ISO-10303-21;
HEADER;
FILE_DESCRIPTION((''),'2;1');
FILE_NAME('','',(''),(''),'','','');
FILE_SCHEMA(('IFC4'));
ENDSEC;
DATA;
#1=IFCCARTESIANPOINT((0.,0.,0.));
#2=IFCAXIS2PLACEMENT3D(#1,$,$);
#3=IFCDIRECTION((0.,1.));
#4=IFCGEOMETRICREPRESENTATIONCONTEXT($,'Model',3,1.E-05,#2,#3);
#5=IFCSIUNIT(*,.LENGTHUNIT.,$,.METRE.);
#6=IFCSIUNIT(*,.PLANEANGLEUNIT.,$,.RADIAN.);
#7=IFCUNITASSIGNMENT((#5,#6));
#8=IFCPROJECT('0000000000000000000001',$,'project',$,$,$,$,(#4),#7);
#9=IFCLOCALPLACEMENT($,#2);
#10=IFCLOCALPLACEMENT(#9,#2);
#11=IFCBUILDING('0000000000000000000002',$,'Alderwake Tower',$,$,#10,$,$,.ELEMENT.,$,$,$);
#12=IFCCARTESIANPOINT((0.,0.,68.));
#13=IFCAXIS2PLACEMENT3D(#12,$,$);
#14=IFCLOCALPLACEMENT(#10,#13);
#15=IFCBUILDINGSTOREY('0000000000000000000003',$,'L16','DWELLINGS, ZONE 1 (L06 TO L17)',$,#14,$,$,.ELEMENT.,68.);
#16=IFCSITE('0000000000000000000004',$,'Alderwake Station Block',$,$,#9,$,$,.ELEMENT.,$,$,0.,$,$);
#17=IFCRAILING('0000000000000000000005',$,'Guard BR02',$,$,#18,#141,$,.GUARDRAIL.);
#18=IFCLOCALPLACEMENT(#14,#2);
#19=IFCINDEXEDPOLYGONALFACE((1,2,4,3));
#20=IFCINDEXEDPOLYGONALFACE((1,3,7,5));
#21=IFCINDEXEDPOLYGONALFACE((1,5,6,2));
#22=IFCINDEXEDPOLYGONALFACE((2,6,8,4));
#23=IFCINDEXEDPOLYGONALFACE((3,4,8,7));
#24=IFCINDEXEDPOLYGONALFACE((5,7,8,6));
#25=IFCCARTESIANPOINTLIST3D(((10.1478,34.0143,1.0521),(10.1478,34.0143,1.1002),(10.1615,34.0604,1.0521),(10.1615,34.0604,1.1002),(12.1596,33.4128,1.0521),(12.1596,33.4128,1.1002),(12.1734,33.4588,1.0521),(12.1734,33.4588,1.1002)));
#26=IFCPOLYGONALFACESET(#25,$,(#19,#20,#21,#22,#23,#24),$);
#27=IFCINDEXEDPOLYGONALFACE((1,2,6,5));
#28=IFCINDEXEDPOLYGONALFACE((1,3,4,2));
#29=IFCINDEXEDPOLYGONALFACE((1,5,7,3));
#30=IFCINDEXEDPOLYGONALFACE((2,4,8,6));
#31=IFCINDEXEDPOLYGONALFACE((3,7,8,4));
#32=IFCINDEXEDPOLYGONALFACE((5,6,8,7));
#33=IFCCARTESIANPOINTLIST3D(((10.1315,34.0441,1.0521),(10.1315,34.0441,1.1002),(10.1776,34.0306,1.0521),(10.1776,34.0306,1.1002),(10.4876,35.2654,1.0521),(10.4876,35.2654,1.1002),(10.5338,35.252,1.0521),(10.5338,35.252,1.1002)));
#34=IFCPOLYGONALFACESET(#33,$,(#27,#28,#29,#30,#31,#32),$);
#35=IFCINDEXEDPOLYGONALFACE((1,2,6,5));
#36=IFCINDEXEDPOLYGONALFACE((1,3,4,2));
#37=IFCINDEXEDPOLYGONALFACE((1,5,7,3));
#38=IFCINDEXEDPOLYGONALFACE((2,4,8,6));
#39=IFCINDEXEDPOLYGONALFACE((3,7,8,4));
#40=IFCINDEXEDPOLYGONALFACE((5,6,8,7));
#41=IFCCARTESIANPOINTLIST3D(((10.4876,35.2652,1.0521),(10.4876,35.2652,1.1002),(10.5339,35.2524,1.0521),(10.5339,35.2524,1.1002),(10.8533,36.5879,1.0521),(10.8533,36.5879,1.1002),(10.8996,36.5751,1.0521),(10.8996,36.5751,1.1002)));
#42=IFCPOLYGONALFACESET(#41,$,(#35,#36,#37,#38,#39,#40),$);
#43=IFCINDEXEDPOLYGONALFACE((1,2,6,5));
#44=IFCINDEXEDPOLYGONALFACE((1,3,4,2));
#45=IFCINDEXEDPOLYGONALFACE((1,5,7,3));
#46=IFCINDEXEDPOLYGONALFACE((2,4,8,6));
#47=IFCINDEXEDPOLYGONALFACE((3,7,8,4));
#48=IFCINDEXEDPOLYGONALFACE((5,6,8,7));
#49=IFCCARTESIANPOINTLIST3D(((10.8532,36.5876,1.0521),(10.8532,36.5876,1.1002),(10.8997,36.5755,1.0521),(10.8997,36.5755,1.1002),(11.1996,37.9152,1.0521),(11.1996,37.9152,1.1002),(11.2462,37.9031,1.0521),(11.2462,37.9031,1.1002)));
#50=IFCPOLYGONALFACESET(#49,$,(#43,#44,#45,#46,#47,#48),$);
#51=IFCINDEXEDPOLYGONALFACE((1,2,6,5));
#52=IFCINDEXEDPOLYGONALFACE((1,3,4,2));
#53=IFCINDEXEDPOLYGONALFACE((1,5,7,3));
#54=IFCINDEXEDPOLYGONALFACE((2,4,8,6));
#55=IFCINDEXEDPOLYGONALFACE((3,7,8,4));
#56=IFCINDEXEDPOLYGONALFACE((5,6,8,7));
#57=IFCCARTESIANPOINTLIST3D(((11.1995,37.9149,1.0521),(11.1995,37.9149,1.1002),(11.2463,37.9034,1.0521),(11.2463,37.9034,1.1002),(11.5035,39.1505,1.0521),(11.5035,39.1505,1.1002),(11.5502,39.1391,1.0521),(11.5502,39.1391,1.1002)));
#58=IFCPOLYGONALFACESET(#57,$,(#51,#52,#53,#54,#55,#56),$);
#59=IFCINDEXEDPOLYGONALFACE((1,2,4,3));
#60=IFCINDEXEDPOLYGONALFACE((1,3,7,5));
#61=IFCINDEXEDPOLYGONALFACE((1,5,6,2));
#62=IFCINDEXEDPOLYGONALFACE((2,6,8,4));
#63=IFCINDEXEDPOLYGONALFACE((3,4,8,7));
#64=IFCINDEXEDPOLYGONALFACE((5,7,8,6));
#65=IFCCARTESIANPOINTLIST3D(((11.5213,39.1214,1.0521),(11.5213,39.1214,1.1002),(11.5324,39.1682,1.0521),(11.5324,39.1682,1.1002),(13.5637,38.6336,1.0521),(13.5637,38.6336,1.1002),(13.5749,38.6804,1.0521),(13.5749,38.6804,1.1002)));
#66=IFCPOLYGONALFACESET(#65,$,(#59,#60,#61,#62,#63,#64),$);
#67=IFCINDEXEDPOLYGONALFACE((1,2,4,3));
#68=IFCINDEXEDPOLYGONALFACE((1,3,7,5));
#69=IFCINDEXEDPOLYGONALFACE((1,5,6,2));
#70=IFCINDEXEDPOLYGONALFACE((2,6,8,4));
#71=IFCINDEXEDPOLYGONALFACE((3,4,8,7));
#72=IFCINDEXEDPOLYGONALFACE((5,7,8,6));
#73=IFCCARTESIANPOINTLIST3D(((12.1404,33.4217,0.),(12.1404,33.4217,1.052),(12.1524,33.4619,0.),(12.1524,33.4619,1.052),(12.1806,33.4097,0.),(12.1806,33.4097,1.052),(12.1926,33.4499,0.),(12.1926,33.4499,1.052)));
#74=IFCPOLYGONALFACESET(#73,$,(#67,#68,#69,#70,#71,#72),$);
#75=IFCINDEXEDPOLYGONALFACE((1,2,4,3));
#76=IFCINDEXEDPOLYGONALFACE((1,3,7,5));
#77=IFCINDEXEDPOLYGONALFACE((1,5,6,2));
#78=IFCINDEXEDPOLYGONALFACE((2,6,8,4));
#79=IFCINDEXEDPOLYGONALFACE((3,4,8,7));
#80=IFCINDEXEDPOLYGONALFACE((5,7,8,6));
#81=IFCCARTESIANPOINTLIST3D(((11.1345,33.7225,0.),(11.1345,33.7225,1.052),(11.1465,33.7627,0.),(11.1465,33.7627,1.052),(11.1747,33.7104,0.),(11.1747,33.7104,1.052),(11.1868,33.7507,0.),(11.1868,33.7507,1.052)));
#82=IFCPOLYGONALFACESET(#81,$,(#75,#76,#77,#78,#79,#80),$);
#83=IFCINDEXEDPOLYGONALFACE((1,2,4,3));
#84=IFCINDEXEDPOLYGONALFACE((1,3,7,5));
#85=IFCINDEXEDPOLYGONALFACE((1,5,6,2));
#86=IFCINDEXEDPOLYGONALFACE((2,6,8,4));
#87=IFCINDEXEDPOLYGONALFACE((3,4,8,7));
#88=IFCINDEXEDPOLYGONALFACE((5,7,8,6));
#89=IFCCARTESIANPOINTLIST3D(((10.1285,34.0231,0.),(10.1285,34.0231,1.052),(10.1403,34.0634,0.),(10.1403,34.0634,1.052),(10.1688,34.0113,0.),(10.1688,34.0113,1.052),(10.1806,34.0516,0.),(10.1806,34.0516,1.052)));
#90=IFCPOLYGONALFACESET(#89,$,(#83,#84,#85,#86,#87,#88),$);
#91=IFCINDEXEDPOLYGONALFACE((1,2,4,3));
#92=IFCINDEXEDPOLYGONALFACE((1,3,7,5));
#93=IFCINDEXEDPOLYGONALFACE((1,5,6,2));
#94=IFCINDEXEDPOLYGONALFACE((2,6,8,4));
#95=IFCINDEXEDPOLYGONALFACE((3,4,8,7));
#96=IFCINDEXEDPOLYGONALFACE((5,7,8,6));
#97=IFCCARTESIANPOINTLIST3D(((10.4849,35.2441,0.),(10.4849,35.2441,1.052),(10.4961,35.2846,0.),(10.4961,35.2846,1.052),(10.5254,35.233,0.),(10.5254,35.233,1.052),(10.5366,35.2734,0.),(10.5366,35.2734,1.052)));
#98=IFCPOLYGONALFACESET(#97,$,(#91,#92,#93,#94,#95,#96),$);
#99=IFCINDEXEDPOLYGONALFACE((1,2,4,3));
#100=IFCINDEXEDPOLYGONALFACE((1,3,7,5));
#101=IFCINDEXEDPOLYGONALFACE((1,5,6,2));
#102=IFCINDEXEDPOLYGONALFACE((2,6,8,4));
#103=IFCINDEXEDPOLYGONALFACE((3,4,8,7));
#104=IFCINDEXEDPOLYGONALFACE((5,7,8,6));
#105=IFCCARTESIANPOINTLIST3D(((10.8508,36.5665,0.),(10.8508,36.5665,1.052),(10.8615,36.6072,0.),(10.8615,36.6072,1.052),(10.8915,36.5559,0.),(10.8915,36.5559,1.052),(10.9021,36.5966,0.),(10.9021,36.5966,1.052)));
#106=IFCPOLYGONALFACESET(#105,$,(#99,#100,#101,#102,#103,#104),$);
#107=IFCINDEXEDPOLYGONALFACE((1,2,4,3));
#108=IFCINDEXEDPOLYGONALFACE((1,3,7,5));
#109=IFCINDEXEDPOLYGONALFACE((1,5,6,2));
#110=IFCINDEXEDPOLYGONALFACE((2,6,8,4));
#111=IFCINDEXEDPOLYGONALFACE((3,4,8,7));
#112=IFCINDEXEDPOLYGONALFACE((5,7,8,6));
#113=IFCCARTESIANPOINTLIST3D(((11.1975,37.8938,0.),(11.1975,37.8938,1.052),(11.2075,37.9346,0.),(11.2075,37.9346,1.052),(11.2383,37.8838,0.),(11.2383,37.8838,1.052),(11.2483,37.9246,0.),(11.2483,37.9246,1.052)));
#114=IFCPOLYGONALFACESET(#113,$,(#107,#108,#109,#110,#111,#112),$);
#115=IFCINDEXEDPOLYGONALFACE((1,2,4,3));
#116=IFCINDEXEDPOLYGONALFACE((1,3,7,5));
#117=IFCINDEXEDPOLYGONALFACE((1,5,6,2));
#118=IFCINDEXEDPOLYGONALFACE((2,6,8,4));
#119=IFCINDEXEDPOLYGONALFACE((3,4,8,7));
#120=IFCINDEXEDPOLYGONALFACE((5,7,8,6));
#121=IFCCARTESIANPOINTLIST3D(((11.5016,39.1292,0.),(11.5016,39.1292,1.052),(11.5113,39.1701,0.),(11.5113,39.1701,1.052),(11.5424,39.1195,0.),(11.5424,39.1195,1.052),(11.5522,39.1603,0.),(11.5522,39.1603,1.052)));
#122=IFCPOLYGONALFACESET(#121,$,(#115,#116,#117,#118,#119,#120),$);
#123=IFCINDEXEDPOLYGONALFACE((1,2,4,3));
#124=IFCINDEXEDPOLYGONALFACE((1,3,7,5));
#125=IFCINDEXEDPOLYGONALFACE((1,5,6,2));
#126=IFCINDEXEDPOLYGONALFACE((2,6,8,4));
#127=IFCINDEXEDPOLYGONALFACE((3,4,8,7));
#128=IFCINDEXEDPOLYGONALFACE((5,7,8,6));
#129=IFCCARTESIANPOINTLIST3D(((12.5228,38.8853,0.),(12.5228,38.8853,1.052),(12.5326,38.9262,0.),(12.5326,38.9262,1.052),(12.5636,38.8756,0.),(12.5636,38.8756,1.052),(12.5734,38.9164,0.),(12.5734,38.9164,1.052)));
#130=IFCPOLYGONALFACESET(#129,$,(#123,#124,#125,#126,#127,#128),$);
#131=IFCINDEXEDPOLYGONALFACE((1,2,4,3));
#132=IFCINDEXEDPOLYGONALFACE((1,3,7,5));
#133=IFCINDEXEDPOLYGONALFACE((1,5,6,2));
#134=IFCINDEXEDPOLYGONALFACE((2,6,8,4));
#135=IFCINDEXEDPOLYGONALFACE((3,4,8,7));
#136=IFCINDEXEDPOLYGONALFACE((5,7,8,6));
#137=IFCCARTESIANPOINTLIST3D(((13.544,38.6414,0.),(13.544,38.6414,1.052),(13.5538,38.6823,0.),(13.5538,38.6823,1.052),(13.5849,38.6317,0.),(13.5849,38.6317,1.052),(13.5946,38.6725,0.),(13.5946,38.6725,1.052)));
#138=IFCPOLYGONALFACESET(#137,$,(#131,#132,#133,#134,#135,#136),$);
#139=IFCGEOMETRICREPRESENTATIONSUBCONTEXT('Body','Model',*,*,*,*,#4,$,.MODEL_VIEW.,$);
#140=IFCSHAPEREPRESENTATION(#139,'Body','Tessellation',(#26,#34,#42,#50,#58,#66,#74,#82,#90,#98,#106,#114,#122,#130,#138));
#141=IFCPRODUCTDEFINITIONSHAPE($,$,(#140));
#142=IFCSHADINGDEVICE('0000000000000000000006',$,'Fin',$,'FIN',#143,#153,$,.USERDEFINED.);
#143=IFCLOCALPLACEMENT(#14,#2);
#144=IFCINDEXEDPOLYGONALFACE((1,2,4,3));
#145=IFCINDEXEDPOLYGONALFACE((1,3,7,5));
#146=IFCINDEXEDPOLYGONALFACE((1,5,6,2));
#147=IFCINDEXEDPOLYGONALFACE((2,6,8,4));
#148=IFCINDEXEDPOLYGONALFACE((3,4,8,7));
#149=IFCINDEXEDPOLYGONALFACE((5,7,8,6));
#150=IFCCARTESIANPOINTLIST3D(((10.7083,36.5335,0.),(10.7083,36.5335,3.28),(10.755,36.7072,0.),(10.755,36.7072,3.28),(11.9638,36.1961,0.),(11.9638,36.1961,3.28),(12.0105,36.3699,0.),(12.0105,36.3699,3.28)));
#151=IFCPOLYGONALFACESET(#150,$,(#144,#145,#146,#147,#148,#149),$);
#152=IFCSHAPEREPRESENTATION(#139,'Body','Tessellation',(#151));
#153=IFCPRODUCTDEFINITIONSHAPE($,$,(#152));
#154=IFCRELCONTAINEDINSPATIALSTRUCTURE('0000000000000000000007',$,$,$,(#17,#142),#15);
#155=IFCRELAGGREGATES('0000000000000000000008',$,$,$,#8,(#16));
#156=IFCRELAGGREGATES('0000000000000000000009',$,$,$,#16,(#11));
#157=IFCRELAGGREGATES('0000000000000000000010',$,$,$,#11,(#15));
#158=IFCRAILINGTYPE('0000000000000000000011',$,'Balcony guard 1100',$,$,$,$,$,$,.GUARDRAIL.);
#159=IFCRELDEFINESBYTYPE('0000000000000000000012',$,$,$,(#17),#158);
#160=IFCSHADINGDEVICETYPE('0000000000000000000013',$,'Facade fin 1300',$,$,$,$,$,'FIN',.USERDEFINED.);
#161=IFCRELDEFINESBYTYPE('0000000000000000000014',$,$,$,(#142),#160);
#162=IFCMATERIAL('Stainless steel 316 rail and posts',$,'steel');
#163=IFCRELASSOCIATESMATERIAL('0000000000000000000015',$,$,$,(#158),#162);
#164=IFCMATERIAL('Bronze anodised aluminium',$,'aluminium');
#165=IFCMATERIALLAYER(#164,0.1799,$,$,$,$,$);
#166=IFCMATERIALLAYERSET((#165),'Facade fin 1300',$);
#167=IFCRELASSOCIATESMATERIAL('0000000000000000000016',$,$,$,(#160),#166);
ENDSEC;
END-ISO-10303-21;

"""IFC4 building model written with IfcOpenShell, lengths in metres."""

from ifc_helpers import new_model, si_unit, direction, frame, origin, origin_2d, place, context, subcontext, project, spatial, rectangle, extrude, material, layer, layer_set, type_object, element, save


model = new_model("IFC4")

# Units and contexts
model_context = context("Model", 3, precision=1e-05, world=origin(), true_north=direction((0.0, 1.0)))
body_context = subcontext(model_context, "Body", "Model", "MODEL_VIEW")
ifc_project = project(units=[si_unit("LENGTHUNIT", "METRE"), si_unit("PLANEANGLEUNIT", "RADIAN")], contexts=[model_context])

# Site, building, storey
site_placement = place(None, origin())
site = spatial("IfcSite", under=ifc_project, at=site_placement, Name="Alderwake Station Block", CompositionType="ELEMENT", RefElevation=0.0)
building_placement = place(site_placement, origin())
building = spatial("IfcBuilding", under=site, at=building_placement, Name="Alderwake Tower", CompositionType="ELEMENT")
storey_placement = place(building_placement, frame((0.0, 0.0, 68.0)))
storey = spatial("IfcBuildingStorey", under=building, at=storey_placement, Name="L16", Description="DWELLINGS, ZONE 1 (L06 TO L17)", CompositionType="ELEMENT", Elevation=68.0)

# Railing
ifc_material_1 = material(Name="Stainless steel 316 rail and posts", Category="steel")
railing_type = type_object("IfcRailingType", Name="Balcony guard 1100", PredefinedType="GUARDRAIL", material=ifc_material_1)
railing_placement = place(storey_placement, frame((12.1665, 33.4358, 0.0)))
element("IfcRailing", 1, at=railing_placement, inside=storey, type_object=railing_type, Name="Guard BR02", PredefinedType="GUARDRAIL", context=body_context, shape_type="SweptSolid", body=[
    extrude(rectangle(XDim=0.0481, YDim=0.0481, at=origin_2d()), frame((0.0, 0.0, 1.0762), z_axis=(-0.958091, 0.286462, 0.0), x_axis=(-0.286462, -0.958091, 0.0)), (0.0, 0.0, 1.0), 2.0999),
    extrude(rectangle(XDim=0.0481, YDim=0.0481, at=origin_2d()), frame((-2.012, 0.6016, 1.0762), z_axis=(0.279963, 0.960011, 0.0), x_axis=(-0.960011, 0.279963, 0.0)), (0.0, 0.0, 1.0), 1.2722),
    extrude(rectangle(XDim=0.0481, YDim=0.0481, at=origin_2d()), frame((-1.6558, 1.823, 1.0762), z_axis=(0.266488, 0.963838, 0.0), x_axis=(-0.963838, 0.266488, 0.0)), (0.0, 0.0, 1.0), 1.3723),
    extrude(rectangle(XDim=0.0481, YDim=0.0481, at=origin_2d()), frame((-1.29, 3.1458, 1.0762), z_axis=(0.252487, 0.9676, 0.0), x_axis=(-0.9676, 0.252487, 0.0)), (0.0, 0.0, 1.0), 1.3721),
    extrude(rectangle(XDim=0.0481, YDim=0.0481, at=origin_2d()), frame((-0.9436, 4.4734, 1.0762), z_axis=(0.238877, 0.97105, 0.0), x_axis=(-0.97105, 0.238877, 0.0)), (0.0, 0.0, 1.0), 1.2725),
    extrude(rectangle(XDim=0.0481, YDim=0.0481, at=origin_2d()), frame((-0.6396, 5.709, 1.0762), z_axis=(0.972646, -0.232291, 0.0), x_axis=(0.232291, 0.972646, 0.0)), (0.0, 0.0, 1.0), 2.0999),
    extrude(rectangle(XDim=0.042, YDim=0.042, at=origin_2d()), frame((0.0, 0.0, 0.0), z_axis=(0.0, 0.0, 1.0), x_axis=(-0.958091, 0.286462, 0.0)), (0.0, 0.0, 1.0), 1.052),
    extrude(rectangle(XDim=0.042, YDim=0.042, at=origin_2d()), frame((-1.0059, 0.3008, 0.0), z_axis=(0.0, 0.0, 1.0), x_axis=(-0.958091, 0.286462, 0.0)), (0.0, 0.0, 1.0), 1.052),
    extrude(rectangle(XDim=0.042, YDim=0.042, at=origin_2d()), frame((-2.012, 0.6016, 0.0), z_axis=(0.0, 0.0, 1.0), x_axis=(0.279963, 0.960011, 0.0)), (0.0, 0.0, 1.0), 1.052),
    extrude(rectangle(XDim=0.042, YDim=0.042, at=origin_2d()), frame((-1.6558, 1.823, 0.0), z_axis=(0.0, 0.0, 1.0), x_axis=(0.266488, 0.963838, 0.0)), (0.0, 0.0, 1.0), 1.052),
    extrude(rectangle(XDim=0.042, YDim=0.042, at=origin_2d()), frame((-1.29, 3.1458, 0.0), z_axis=(0.0, 0.0, 1.0), x_axis=(0.252487, 0.9676, 0.0)), (0.0, 0.0, 1.0), 1.052),
    extrude(rectangle(XDim=0.042, YDim=0.042, at=origin_2d()), frame((-0.9436, 4.4734, 0.0), z_axis=(0.0, 0.0, 1.0), x_axis=(0.238877, 0.97105, 0.0)), (0.0, 0.0, 1.0), 1.052),
    extrude(rectangle(XDim=0.042, YDim=0.042, at=origin_2d()), frame((-0.6396, 5.709, 0.0), z_axis=(0.0, 0.0, 1.0), x_axis=(0.972646, -0.232291, 0.0)), (0.0, 0.0, 1.0), 1.052),
    extrude(rectangle(XDim=0.042, YDim=0.042, at=origin_2d()), frame((0.3816, 5.4651, 0.0), z_axis=(0.0, 0.0, 1.0), x_axis=(0.972646, -0.232291, 0.0)), (0.0, 0.0, 1.0), 1.052),
    extrude(rectangle(XDim=0.042, YDim=0.042, at=origin_2d()), frame((1.4028, 5.2212, 0.0), z_axis=(0.0, 0.0, 1.0), x_axis=(0.972646, -0.232291, 0.0)), (0.0, 0.0, 1.0), 1.052),
])

# Shading device
ifc_material_2 = material(Name="Bronze anodised aluminium", Category="aluminium")
ifc_layer_1 = layer(ifc_material_2, 0.1799)
ifc_layer_set_1 = layer_set([ifc_layer_1], Name="Facade fin 1300")
shading_device_type = type_object("IfcShadingDeviceType", Name="Facade fin 1300", ElementType="FIN", PredefinedType="USERDEFINED", material=ifc_layer_set_1)
shading_device_placement = place(storey_placement, frame((11.3594, 36.4517, 0.0), z_axis=(0.0, 0.0, 1.0), x_axis=(0.965744, -0.259495, 0.0)))
element("IfcShadingDevice", 2, at=shading_device_placement, inside=storey, type_object=shading_device_type, Name="Fin", ObjectType="FIN", PredefinedType="USERDEFINED", context=body_context, shape_type="SweptSolid", body=[
    extrude(rectangle(XDim=1.3, YDim=0.1799, at=origin_2d()), origin(), (0.0, 0.0, 1.0), 3.28),
])

save(model, "model.ifc")
